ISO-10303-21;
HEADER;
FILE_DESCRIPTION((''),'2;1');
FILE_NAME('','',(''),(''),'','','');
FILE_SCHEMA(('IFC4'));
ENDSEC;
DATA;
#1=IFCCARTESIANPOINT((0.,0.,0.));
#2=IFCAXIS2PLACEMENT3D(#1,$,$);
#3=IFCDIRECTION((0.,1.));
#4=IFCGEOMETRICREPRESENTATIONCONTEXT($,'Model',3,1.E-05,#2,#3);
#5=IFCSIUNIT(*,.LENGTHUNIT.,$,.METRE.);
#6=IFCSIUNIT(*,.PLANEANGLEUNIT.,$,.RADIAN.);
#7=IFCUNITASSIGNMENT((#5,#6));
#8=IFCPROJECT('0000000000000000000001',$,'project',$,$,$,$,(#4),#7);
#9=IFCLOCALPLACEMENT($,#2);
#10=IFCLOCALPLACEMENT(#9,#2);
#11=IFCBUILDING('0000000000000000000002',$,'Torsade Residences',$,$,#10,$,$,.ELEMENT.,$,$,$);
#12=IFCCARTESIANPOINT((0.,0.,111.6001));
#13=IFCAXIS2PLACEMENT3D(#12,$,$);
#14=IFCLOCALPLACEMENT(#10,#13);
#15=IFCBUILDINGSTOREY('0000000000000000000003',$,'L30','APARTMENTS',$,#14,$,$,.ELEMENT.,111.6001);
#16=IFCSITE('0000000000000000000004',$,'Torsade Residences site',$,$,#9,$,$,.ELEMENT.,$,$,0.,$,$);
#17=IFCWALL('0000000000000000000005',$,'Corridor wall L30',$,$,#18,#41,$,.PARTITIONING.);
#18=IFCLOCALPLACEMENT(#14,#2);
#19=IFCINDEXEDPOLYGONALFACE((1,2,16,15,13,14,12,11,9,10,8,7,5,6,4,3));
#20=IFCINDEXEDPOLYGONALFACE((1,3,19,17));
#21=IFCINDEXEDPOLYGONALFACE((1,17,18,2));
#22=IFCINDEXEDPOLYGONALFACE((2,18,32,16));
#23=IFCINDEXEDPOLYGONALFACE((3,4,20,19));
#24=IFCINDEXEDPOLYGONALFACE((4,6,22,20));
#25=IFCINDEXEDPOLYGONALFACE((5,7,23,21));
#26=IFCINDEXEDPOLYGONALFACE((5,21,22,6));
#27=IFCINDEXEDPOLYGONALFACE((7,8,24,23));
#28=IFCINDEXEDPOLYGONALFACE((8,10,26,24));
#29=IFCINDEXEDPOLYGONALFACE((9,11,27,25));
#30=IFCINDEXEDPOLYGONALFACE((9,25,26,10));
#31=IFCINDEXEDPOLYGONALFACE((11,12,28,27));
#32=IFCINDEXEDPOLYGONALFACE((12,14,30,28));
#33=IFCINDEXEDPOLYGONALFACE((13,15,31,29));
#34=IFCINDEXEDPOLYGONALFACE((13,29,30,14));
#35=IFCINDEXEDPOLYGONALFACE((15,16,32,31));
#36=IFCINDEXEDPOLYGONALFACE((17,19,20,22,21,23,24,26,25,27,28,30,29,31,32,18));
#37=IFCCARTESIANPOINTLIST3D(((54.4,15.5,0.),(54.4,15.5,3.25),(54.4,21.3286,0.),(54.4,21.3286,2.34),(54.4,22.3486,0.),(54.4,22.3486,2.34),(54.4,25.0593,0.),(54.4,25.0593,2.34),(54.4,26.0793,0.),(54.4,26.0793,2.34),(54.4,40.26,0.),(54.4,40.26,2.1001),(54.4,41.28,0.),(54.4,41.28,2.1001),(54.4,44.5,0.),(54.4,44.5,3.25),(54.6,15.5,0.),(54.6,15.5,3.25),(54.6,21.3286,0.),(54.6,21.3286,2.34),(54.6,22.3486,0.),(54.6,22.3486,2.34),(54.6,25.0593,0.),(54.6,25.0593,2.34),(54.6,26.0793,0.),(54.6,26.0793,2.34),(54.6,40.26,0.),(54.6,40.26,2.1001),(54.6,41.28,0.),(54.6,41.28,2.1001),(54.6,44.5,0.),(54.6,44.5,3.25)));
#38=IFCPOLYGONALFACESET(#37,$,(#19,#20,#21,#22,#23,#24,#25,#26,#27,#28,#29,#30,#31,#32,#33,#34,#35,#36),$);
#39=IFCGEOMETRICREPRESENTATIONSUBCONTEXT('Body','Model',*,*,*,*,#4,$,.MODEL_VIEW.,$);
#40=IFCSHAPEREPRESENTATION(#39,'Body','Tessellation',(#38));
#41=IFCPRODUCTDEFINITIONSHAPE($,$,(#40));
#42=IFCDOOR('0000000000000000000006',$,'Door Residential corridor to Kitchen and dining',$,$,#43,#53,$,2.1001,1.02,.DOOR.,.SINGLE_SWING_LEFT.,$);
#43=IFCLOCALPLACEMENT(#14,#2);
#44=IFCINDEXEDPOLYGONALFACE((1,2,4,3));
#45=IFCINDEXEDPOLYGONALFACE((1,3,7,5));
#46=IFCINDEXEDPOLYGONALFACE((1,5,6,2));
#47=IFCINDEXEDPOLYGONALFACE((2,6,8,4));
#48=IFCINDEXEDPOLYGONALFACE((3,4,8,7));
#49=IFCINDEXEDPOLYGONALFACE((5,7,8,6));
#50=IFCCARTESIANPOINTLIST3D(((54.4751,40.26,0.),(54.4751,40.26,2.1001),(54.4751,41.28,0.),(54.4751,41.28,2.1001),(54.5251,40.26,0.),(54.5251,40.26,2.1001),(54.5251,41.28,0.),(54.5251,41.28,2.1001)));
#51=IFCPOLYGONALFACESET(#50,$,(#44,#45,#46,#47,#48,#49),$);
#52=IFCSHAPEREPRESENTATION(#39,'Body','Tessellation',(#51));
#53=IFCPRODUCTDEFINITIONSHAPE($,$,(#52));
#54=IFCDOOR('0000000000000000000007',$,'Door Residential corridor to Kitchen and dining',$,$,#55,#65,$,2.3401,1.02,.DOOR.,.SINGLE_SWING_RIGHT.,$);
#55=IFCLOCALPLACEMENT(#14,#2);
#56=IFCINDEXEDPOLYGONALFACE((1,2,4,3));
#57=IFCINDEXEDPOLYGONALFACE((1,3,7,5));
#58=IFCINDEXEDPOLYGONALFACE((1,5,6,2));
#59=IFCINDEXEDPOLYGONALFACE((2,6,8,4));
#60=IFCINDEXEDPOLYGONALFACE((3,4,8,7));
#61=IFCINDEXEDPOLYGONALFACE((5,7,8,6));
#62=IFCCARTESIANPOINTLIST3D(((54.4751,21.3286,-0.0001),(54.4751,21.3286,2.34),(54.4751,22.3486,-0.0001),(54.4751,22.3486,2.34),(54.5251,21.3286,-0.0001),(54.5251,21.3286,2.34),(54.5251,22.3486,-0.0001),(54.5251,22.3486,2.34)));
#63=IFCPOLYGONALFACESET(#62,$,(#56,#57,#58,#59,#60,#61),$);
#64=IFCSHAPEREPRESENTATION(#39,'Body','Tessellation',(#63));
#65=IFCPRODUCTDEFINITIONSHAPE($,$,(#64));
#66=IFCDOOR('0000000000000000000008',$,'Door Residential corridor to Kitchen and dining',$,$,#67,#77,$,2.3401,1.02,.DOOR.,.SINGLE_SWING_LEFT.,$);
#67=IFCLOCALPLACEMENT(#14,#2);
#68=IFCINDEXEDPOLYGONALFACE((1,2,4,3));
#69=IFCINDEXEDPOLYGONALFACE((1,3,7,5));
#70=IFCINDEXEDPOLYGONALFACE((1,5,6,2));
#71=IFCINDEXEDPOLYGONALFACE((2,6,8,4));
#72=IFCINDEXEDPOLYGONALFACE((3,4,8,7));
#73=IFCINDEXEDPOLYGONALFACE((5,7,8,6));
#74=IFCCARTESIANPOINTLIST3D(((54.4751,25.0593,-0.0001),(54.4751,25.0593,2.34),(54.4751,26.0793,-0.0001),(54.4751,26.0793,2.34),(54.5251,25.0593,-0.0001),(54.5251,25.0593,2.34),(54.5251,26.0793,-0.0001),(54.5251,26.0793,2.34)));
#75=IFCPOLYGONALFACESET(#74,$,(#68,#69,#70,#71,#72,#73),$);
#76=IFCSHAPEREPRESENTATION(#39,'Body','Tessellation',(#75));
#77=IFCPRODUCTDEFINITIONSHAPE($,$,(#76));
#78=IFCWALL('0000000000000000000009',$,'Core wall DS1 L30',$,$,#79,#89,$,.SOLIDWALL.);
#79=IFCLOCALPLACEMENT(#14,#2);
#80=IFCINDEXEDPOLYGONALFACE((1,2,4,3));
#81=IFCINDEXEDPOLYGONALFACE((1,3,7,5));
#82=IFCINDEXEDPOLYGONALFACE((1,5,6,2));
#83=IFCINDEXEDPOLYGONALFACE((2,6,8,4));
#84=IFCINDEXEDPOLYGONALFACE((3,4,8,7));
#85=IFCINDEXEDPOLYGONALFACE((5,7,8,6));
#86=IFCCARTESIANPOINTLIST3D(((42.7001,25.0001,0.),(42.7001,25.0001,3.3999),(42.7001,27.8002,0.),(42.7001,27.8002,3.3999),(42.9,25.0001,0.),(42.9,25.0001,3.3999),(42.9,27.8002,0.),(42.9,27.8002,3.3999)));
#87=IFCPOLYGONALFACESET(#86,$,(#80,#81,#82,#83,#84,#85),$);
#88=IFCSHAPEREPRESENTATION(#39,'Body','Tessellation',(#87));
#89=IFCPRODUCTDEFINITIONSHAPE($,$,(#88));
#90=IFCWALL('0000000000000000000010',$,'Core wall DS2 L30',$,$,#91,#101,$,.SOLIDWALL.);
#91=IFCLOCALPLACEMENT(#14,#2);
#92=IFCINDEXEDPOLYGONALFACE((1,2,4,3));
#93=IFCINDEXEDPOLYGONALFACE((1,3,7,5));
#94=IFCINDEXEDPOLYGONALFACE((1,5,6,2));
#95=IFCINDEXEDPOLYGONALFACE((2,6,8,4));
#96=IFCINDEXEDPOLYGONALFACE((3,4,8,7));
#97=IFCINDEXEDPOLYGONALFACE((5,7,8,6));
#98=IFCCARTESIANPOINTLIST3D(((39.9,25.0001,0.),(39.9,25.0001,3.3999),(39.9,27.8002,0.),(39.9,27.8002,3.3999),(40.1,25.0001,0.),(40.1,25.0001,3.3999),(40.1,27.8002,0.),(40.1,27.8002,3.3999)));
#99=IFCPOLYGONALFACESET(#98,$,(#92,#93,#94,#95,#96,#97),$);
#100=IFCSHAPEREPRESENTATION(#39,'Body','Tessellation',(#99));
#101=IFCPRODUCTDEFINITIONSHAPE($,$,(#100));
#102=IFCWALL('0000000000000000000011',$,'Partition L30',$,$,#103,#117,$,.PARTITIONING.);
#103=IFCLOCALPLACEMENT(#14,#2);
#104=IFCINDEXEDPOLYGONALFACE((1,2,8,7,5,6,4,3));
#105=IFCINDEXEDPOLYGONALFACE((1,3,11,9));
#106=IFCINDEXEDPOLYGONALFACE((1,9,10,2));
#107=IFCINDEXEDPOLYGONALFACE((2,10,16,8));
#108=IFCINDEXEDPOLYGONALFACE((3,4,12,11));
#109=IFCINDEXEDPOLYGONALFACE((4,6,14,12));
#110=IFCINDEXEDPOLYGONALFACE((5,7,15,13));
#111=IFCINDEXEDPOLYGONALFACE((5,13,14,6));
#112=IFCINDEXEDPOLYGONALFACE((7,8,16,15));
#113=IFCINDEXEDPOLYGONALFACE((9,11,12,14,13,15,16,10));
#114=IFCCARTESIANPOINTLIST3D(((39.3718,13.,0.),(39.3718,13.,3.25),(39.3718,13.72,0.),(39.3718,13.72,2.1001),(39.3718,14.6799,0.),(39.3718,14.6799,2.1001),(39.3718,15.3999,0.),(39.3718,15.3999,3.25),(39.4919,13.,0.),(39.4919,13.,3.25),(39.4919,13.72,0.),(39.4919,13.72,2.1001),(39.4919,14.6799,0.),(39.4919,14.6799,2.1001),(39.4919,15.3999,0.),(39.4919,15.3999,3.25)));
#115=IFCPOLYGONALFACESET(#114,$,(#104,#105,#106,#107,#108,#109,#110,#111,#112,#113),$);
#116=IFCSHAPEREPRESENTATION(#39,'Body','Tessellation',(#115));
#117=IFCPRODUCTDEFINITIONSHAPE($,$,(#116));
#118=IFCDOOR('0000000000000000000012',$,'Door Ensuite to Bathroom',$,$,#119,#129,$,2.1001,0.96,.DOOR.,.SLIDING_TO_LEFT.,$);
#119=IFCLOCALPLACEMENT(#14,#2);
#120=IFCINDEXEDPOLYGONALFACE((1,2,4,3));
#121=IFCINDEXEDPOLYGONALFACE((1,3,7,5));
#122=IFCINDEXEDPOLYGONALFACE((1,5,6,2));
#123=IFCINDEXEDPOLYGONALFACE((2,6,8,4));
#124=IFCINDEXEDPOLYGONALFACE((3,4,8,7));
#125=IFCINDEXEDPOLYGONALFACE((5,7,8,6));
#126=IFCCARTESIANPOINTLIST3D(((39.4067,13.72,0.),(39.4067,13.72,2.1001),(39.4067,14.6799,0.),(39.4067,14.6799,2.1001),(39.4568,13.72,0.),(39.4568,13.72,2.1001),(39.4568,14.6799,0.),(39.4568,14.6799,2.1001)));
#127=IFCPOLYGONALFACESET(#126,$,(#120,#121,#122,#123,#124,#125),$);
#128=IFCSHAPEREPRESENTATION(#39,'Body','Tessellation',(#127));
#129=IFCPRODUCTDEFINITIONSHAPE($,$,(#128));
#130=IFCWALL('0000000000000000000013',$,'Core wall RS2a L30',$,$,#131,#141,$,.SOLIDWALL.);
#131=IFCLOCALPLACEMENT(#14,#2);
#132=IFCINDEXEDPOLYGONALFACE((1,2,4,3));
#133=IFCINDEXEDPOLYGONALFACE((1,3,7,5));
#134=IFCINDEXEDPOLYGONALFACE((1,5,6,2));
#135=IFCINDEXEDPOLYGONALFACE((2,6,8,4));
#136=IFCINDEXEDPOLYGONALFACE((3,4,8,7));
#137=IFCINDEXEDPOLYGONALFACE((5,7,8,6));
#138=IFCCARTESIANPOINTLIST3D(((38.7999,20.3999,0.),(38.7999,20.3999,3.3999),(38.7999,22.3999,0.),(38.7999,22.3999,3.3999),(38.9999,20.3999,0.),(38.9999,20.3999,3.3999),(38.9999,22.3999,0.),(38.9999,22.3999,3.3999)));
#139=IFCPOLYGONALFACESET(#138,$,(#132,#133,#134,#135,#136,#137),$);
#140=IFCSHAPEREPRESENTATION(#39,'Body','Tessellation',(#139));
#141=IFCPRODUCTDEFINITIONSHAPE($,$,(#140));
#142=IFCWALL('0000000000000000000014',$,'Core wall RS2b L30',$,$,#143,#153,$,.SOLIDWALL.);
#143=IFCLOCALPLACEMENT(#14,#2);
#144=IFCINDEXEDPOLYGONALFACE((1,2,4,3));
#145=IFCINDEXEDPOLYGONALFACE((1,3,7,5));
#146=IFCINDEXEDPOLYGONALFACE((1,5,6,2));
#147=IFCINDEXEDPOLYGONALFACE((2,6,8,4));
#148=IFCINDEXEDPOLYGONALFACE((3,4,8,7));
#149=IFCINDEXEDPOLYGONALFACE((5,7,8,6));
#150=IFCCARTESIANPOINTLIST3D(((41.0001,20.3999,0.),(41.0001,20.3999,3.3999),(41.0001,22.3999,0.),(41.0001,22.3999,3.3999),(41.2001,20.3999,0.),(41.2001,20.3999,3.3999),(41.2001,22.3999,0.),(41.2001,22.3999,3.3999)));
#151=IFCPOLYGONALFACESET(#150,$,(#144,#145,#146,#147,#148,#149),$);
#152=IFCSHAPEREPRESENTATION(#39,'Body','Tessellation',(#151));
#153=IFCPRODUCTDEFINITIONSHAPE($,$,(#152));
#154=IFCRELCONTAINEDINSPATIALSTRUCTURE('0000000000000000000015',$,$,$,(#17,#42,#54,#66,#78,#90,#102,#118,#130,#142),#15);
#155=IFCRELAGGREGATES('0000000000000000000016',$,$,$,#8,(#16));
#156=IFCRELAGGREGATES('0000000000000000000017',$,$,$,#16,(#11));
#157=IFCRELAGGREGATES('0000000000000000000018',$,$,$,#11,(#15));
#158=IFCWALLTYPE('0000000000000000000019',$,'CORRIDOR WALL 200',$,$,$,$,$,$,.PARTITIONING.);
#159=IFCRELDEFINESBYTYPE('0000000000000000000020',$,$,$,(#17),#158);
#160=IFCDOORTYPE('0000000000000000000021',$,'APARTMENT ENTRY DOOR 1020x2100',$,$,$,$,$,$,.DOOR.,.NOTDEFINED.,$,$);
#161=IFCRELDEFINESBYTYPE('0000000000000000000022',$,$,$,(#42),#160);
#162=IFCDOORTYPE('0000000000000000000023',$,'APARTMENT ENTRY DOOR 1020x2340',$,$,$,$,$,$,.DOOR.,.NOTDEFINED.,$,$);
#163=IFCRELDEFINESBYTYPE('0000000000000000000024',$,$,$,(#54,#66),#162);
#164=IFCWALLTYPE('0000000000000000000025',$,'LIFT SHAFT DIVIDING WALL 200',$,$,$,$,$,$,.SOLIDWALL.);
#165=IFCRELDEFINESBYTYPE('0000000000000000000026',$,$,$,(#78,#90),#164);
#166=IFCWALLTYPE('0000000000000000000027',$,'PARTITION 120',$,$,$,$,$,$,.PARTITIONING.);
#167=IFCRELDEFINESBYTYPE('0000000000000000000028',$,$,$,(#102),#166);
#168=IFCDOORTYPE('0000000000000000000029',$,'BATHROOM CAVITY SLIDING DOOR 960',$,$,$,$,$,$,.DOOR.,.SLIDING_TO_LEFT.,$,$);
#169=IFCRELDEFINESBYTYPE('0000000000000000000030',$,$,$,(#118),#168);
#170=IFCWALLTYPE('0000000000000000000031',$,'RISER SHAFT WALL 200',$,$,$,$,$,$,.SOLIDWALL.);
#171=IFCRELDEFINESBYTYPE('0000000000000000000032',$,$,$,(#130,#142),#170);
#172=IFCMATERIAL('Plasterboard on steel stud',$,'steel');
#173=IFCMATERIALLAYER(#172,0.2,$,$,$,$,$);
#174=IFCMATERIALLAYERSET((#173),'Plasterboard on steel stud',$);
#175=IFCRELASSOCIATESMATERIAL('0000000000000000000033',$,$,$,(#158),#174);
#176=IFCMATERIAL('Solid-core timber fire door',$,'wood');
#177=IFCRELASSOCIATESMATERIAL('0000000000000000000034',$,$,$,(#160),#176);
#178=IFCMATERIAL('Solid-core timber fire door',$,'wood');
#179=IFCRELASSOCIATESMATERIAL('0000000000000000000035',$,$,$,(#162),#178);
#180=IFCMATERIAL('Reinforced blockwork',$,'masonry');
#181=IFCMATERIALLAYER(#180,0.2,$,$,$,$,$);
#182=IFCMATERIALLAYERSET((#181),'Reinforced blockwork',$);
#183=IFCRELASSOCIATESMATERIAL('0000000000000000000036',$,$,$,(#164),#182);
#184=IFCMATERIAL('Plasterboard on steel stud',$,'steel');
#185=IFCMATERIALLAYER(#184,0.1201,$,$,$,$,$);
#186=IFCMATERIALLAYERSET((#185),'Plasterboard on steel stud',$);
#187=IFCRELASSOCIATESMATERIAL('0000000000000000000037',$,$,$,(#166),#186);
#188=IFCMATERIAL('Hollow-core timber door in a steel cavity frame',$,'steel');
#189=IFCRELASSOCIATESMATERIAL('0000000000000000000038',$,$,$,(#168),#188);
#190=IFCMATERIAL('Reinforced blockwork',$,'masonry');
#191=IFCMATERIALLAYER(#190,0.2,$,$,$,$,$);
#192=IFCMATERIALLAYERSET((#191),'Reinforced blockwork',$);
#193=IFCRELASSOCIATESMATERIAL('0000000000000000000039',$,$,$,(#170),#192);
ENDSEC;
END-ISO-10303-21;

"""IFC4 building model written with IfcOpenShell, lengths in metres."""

from ifc_helpers import new_model, si_unit, direction, frame, frame_2d, origin, place, context, subcontext, project, spatial, rectangle, extrude, material, layer, layer_set, type_object, element, fill, save


model = new_model("IFC4")

# Units and contexts
model_context = context("Model", 3, precision=1e-05, world=origin(), true_north=direction((0.0, 1.0)))
body_context = subcontext(model_context, "Body", "Model", "MODEL_VIEW")
ifc_project = project(units=[si_unit("LENGTHUNIT", "METRE"), si_unit("PLANEANGLEUNIT", "RADIAN")], contexts=[model_context])

# Site, building, storey
site_placement = place(None, origin())
site = spatial("IfcSite", under=ifc_project, at=site_placement, Name="Torsade Residences site", CompositionType="ELEMENT", RefElevation=0.0)
building_placement = place(site_placement, origin())
building = spatial("IfcBuilding", under=site, at=building_placement, Name="Torsade Residences", CompositionType="ELEMENT")
storey_placement = place(building_placement, frame((0.0, 0.0, 111.6001)))
storey = spatial("IfcBuildingStorey", under=building, at=storey_placement, Name="L30", Description="APARTMENTS", CompositionType="ELEMENT", Elevation=111.6001)

# Wall, openings, doors
ifc_material_1 = material(Name="Plasterboard on steel stud", Category="steel")
ifc_layer_1 = layer(ifc_material_1, 0.2)
ifc_layer_set_1 = layer_set([ifc_layer_1], Name="Plasterboard on steel stud")
wall_type_1 = type_object("IfcWallType", Name="CORRIDOR WALL 200", PredefinedType="PARTITIONING", material=ifc_layer_set_1)
wall_1_placement = place(storey_placement, frame((54.5, 15.5, 0.0), z_axis=(0.0, 0.0, 1.0), x_axis=(0.0, 1.0, 0.0)))
wall_1 = element("IfcWall", 1, at=wall_1_placement, inside=storey, type_object=wall_type_1, Name="Corridor wall L30", PredefinedType="PARTITIONING", context=body_context, shape_type="SweptSolid", body=[
    extrude(rectangle(XDim=29.0, YDim=0.2, at=frame_2d((14.5, 0.0))), origin(), (0.0, 0.0, 1.0), 3.25),
])
opening_1_placement = place(wall_1_placement, frame((24.76, 0.0, 0.0)))
opening_1 = element("IfcOpeningElement", 2, at=opening_1_placement, cuts=wall_1, PredefinedType="OPENING", context=body_context, shape_type="SweptSolid", body=[
    extrude(rectangle(XDim=1.02, YDim=2.1001, at=frame_2d((0.51, 1.05))), frame((0.0, 0.1099, 0.0), z_axis=(0.0, -1.0, 0.0), x_axis=(1.0, 0.0, 0.0)), (0.0, 0.0, 1.0), 0.22),
])
opening_2_placement = place(wall_1_placement, frame((5.8286, 0.0, 0.0)))
opening_2 = element("IfcOpeningElement", 3, at=opening_2_placement, cuts=wall_1, PredefinedType="OPENING", context=body_context, shape_type="SweptSolid", body=[
    extrude(rectangle(XDim=1.02, YDim=2.3401, at=frame_2d((0.51, 1.1699))), frame((0.0, 0.1099, 0.0), z_axis=(0.0, -1.0, 0.0), x_axis=(1.0, 0.0, 0.0)), (0.0, 0.0, 1.0), 0.22),
])
opening_3_placement = place(wall_1_placement, frame((9.5593, 0.0, 0.0)))
opening_3 = element("IfcOpeningElement", 4, at=opening_3_placement, cuts=wall_1, PredefinedType="OPENING", context=body_context, shape_type="SweptSolid", body=[
    extrude(rectangle(XDim=1.02, YDim=2.3401, at=frame_2d((0.51, 1.1699))), frame((0.0, 0.1099, 0.0), z_axis=(0.0, -1.0, 0.0), x_axis=(1.0, 0.0, 0.0)), (0.0, 0.0, 1.0), 0.22),
])
ifc_material_2 = material(Name="Solid-core timber fire door", Category="wood")
door_type_1 = type_object("IfcDoorType", Name="APARTMENT ENTRY DOOR 1020x2100", OperationType="NOTDEFINED", PredefinedType="DOOR", material=ifc_material_2)
door_1_placement = place(opening_1_placement, origin())
door_1 = element("IfcDoor", 5, at=door_1_placement, inside=storey, type_object=door_type_1, Name="Door Residential corridor to Kitchen and dining", OperationType="SINGLE_SWING_LEFT", OverallHeight=2.1001, OverallWidth=1.02, PredefinedType="DOOR", context=body_context, shape_type="SweptSolid", body=[
    extrude(rectangle(XDim=1.02, YDim=2.1001, at=frame_2d((0.51, 1.05))), frame((0.0, 0.0249, 0.0), z_axis=(0.0, -1.0, 0.0), x_axis=(1.0, 0.0, 0.0)), (0.0, 0.0, 1.0), 0.05),
])
fill(opening_1, door_1)
ifc_material_3 = material(Name="Solid-core timber fire door", Category="wood")
door_type_2 = type_object("IfcDoorType", Name="APARTMENT ENTRY DOOR 1020x2340", OperationType="NOTDEFINED", PredefinedType="DOOR", material=ifc_material_3)
door_2_placement = place(opening_2_placement, origin())
door_2 = element("IfcDoor", 6, at=door_2_placement, inside=storey, type_object=door_type_2, Name="Door Residential corridor to Kitchen and dining", OperationType="SINGLE_SWING_RIGHT", OverallHeight=2.3401, OverallWidth=1.02, PredefinedType="DOOR", context=body_context, shape_type="SweptSolid", body=[
    extrude(rectangle(XDim=1.02, YDim=2.3401, at=frame_2d((0.51, 1.1699))), frame((0.0, 0.0249, 0.0), z_axis=(0.0, -1.0, 0.0), x_axis=(1.0, 0.0, 0.0)), (0.0, 0.0, 1.0), 0.05),
])
fill(opening_2, door_2)
door_3_placement = place(opening_3_placement, origin())
door_3 = element("IfcDoor", 7, at=door_3_placement, inside=storey, type_object=door_type_2, Name="Door Residential corridor to Kitchen and dining", OperationType="SINGLE_SWING_LEFT", OverallHeight=2.3401, OverallWidth=1.02, PredefinedType="DOOR", context=body_context, shape_type="SweptSolid", body=[
    extrude(rectangle(XDim=1.02, YDim=2.3401, at=frame_2d((0.51, 1.1699))), frame((0.0, 0.0249, 0.0), z_axis=(0.0, -1.0, 0.0), x_axis=(1.0, 0.0, 0.0)), (0.0, 0.0, 1.0), 0.05),
])
fill(opening_3, door_3)

# Walls
ifc_material_4 = material(Name="Reinforced blockwork", Category="masonry")
ifc_layer_2 = layer(ifc_material_4, 0.2)
ifc_layer_set_2 = layer_set([ifc_layer_2], Name="Reinforced blockwork")
wall_type_2 = type_object("IfcWallType", Name="LIFT SHAFT DIVIDING WALL 200", PredefinedType="SOLIDWALL", material=ifc_layer_set_2)
for number, where, z_axis, x_axis, name in (
    (8, (42.8, 27.8, 0.0), (0.0, 0.0, 1.0), (0.0, -1.0, 0.0), "Core wall DS1 L30"),
    (9, (40.0, 27.8, 0.0), (0.0, 0.0, 1.0), (0.0, -1.0, 0.0), "Core wall DS2 L30"),
):
    element("IfcWall", number, at=place(storey_placement, frame(where, z_axis=z_axis, x_axis=x_axis)), inside=storey, type_object=wall_type_2, Name=name, PredefinedType="SOLIDWALL", context=body_context, shape_type="SweptSolid", body=[
        extrude(rectangle(XDim=2.8, YDim=0.2, at=frame_2d((1.3999, 0.0))), origin(), (0.0, 0.0, 1.0), 3.3999),
    ])

# Wall, opening, door
ifc_material_5 = material(Name="Plasterboard on steel stud", Category="steel")
ifc_layer_3 = layer(ifc_material_5, 0.1201)
ifc_layer_set_3 = layer_set([ifc_layer_3], Name="Plasterboard on steel stud")
wall_type_3 = type_object("IfcWallType", Name="PARTITION 120", PredefinedType="PARTITIONING", material=ifc_layer_set_3)
wall_2_placement = place(storey_placement, frame((39.4319, 15.3999, 0.0), z_axis=(0.0, 0.0, 1.0), x_axis=(0.0, -1.0, 0.0)))
wall_2 = element("IfcWall", 10, at=wall_2_placement, inside=storey, type_object=wall_type_3, Name="Partition L30", PredefinedType="PARTITIONING", context=body_context, shape_type="SweptSolid", body=[
    extrude(rectangle(XDim=2.3999, YDim=0.1201, at=frame_2d((1.2, 0.0))), origin(), (0.0, 0.0, 1.0), 3.25),
])
opening_4_placement = place(wall_2_placement, frame((0.72, 0.0, 0.0)))
opening_4 = element("IfcOpeningElement", 11, at=opening_4_placement, cuts=wall_2, PredefinedType="OPENING", context=body_context, shape_type="SweptSolid", body=[
    extrude(rectangle(XDim=0.96, YDim=2.1001, at=frame_2d((0.48, 1.05))), frame((0.0, 0.0701, 0.0), z_axis=(0.0, -1.0, 0.0), x_axis=(1.0, 0.0, 0.0)), (0.0, 0.0, 1.0), 0.1401),
])
ifc_material_6 = material(Name="Hollow-core timber door in a steel cavity frame", Category="steel")
door_type_3 = type_object("IfcDoorType", Name="BATHROOM CAVITY SLIDING DOOR 960", OperationType="SLIDING_TO_LEFT", PredefinedType="DOOR", material=ifc_material_6)
door_4_placement = place(opening_4_placement, origin())
door_4 = element("IfcDoor", 12, at=door_4_placement, inside=storey, type_object=door_type_3, Name="Door Ensuite to Bathroom", OperationType="SLIDING_TO_LEFT", OverallHeight=2.1001, OverallWidth=0.96, PredefinedType="DOOR", context=body_context, shape_type="SweptSolid", body=[
    extrude(rectangle(XDim=0.96, YDim=2.1001, at=frame_2d((0.48, 1.05))), frame((0.0, 0.0249, 0.0), z_axis=(0.0, -1.0, 0.0), x_axis=(1.0, 0.0, 0.0)), (0.0, 0.0, 1.0), 0.05),
])
fill(opening_4, door_4)

# Walls
ifc_material_7 = material(Name="Reinforced blockwork", Category="masonry")
ifc_layer_4 = layer(ifc_material_7, 0.2)
ifc_layer_set_4 = layer_set([ifc_layer_4], Name="Reinforced blockwork")
wall_type_4 = type_object("IfcWallType", Name="RISER SHAFT WALL 200", PredefinedType="SOLIDWALL", material=ifc_layer_set_4)
for number, where, z_axis, x_axis, name in (
    (13, (38.8999, 22.3999, 0.0), (0.0, 0.0, 1.0), (0.0, -1.0, 0.0), "Core wall RS2a L30"),
    (14, (41.1001, 22.3999, 0.0), (0.0, 0.0, 1.0), (0.0, -1.0, 0.0), "Core wall RS2b L30"),
):
    element("IfcWall", number, at=place(storey_placement, frame(where, z_axis=z_axis, x_axis=x_axis)), inside=storey, type_object=wall_type_4, Name=name, PredefinedType="SOLIDWALL", context=body_context, shape_type="SweptSolid", body=[
        extrude(rectangle(XDim=2.0, YDim=0.2, at=frame_2d((1.0, 0.0))), origin(), (0.0, 0.0, 1.0), 3.3999),
    ])

save(model, "model.ifc")
